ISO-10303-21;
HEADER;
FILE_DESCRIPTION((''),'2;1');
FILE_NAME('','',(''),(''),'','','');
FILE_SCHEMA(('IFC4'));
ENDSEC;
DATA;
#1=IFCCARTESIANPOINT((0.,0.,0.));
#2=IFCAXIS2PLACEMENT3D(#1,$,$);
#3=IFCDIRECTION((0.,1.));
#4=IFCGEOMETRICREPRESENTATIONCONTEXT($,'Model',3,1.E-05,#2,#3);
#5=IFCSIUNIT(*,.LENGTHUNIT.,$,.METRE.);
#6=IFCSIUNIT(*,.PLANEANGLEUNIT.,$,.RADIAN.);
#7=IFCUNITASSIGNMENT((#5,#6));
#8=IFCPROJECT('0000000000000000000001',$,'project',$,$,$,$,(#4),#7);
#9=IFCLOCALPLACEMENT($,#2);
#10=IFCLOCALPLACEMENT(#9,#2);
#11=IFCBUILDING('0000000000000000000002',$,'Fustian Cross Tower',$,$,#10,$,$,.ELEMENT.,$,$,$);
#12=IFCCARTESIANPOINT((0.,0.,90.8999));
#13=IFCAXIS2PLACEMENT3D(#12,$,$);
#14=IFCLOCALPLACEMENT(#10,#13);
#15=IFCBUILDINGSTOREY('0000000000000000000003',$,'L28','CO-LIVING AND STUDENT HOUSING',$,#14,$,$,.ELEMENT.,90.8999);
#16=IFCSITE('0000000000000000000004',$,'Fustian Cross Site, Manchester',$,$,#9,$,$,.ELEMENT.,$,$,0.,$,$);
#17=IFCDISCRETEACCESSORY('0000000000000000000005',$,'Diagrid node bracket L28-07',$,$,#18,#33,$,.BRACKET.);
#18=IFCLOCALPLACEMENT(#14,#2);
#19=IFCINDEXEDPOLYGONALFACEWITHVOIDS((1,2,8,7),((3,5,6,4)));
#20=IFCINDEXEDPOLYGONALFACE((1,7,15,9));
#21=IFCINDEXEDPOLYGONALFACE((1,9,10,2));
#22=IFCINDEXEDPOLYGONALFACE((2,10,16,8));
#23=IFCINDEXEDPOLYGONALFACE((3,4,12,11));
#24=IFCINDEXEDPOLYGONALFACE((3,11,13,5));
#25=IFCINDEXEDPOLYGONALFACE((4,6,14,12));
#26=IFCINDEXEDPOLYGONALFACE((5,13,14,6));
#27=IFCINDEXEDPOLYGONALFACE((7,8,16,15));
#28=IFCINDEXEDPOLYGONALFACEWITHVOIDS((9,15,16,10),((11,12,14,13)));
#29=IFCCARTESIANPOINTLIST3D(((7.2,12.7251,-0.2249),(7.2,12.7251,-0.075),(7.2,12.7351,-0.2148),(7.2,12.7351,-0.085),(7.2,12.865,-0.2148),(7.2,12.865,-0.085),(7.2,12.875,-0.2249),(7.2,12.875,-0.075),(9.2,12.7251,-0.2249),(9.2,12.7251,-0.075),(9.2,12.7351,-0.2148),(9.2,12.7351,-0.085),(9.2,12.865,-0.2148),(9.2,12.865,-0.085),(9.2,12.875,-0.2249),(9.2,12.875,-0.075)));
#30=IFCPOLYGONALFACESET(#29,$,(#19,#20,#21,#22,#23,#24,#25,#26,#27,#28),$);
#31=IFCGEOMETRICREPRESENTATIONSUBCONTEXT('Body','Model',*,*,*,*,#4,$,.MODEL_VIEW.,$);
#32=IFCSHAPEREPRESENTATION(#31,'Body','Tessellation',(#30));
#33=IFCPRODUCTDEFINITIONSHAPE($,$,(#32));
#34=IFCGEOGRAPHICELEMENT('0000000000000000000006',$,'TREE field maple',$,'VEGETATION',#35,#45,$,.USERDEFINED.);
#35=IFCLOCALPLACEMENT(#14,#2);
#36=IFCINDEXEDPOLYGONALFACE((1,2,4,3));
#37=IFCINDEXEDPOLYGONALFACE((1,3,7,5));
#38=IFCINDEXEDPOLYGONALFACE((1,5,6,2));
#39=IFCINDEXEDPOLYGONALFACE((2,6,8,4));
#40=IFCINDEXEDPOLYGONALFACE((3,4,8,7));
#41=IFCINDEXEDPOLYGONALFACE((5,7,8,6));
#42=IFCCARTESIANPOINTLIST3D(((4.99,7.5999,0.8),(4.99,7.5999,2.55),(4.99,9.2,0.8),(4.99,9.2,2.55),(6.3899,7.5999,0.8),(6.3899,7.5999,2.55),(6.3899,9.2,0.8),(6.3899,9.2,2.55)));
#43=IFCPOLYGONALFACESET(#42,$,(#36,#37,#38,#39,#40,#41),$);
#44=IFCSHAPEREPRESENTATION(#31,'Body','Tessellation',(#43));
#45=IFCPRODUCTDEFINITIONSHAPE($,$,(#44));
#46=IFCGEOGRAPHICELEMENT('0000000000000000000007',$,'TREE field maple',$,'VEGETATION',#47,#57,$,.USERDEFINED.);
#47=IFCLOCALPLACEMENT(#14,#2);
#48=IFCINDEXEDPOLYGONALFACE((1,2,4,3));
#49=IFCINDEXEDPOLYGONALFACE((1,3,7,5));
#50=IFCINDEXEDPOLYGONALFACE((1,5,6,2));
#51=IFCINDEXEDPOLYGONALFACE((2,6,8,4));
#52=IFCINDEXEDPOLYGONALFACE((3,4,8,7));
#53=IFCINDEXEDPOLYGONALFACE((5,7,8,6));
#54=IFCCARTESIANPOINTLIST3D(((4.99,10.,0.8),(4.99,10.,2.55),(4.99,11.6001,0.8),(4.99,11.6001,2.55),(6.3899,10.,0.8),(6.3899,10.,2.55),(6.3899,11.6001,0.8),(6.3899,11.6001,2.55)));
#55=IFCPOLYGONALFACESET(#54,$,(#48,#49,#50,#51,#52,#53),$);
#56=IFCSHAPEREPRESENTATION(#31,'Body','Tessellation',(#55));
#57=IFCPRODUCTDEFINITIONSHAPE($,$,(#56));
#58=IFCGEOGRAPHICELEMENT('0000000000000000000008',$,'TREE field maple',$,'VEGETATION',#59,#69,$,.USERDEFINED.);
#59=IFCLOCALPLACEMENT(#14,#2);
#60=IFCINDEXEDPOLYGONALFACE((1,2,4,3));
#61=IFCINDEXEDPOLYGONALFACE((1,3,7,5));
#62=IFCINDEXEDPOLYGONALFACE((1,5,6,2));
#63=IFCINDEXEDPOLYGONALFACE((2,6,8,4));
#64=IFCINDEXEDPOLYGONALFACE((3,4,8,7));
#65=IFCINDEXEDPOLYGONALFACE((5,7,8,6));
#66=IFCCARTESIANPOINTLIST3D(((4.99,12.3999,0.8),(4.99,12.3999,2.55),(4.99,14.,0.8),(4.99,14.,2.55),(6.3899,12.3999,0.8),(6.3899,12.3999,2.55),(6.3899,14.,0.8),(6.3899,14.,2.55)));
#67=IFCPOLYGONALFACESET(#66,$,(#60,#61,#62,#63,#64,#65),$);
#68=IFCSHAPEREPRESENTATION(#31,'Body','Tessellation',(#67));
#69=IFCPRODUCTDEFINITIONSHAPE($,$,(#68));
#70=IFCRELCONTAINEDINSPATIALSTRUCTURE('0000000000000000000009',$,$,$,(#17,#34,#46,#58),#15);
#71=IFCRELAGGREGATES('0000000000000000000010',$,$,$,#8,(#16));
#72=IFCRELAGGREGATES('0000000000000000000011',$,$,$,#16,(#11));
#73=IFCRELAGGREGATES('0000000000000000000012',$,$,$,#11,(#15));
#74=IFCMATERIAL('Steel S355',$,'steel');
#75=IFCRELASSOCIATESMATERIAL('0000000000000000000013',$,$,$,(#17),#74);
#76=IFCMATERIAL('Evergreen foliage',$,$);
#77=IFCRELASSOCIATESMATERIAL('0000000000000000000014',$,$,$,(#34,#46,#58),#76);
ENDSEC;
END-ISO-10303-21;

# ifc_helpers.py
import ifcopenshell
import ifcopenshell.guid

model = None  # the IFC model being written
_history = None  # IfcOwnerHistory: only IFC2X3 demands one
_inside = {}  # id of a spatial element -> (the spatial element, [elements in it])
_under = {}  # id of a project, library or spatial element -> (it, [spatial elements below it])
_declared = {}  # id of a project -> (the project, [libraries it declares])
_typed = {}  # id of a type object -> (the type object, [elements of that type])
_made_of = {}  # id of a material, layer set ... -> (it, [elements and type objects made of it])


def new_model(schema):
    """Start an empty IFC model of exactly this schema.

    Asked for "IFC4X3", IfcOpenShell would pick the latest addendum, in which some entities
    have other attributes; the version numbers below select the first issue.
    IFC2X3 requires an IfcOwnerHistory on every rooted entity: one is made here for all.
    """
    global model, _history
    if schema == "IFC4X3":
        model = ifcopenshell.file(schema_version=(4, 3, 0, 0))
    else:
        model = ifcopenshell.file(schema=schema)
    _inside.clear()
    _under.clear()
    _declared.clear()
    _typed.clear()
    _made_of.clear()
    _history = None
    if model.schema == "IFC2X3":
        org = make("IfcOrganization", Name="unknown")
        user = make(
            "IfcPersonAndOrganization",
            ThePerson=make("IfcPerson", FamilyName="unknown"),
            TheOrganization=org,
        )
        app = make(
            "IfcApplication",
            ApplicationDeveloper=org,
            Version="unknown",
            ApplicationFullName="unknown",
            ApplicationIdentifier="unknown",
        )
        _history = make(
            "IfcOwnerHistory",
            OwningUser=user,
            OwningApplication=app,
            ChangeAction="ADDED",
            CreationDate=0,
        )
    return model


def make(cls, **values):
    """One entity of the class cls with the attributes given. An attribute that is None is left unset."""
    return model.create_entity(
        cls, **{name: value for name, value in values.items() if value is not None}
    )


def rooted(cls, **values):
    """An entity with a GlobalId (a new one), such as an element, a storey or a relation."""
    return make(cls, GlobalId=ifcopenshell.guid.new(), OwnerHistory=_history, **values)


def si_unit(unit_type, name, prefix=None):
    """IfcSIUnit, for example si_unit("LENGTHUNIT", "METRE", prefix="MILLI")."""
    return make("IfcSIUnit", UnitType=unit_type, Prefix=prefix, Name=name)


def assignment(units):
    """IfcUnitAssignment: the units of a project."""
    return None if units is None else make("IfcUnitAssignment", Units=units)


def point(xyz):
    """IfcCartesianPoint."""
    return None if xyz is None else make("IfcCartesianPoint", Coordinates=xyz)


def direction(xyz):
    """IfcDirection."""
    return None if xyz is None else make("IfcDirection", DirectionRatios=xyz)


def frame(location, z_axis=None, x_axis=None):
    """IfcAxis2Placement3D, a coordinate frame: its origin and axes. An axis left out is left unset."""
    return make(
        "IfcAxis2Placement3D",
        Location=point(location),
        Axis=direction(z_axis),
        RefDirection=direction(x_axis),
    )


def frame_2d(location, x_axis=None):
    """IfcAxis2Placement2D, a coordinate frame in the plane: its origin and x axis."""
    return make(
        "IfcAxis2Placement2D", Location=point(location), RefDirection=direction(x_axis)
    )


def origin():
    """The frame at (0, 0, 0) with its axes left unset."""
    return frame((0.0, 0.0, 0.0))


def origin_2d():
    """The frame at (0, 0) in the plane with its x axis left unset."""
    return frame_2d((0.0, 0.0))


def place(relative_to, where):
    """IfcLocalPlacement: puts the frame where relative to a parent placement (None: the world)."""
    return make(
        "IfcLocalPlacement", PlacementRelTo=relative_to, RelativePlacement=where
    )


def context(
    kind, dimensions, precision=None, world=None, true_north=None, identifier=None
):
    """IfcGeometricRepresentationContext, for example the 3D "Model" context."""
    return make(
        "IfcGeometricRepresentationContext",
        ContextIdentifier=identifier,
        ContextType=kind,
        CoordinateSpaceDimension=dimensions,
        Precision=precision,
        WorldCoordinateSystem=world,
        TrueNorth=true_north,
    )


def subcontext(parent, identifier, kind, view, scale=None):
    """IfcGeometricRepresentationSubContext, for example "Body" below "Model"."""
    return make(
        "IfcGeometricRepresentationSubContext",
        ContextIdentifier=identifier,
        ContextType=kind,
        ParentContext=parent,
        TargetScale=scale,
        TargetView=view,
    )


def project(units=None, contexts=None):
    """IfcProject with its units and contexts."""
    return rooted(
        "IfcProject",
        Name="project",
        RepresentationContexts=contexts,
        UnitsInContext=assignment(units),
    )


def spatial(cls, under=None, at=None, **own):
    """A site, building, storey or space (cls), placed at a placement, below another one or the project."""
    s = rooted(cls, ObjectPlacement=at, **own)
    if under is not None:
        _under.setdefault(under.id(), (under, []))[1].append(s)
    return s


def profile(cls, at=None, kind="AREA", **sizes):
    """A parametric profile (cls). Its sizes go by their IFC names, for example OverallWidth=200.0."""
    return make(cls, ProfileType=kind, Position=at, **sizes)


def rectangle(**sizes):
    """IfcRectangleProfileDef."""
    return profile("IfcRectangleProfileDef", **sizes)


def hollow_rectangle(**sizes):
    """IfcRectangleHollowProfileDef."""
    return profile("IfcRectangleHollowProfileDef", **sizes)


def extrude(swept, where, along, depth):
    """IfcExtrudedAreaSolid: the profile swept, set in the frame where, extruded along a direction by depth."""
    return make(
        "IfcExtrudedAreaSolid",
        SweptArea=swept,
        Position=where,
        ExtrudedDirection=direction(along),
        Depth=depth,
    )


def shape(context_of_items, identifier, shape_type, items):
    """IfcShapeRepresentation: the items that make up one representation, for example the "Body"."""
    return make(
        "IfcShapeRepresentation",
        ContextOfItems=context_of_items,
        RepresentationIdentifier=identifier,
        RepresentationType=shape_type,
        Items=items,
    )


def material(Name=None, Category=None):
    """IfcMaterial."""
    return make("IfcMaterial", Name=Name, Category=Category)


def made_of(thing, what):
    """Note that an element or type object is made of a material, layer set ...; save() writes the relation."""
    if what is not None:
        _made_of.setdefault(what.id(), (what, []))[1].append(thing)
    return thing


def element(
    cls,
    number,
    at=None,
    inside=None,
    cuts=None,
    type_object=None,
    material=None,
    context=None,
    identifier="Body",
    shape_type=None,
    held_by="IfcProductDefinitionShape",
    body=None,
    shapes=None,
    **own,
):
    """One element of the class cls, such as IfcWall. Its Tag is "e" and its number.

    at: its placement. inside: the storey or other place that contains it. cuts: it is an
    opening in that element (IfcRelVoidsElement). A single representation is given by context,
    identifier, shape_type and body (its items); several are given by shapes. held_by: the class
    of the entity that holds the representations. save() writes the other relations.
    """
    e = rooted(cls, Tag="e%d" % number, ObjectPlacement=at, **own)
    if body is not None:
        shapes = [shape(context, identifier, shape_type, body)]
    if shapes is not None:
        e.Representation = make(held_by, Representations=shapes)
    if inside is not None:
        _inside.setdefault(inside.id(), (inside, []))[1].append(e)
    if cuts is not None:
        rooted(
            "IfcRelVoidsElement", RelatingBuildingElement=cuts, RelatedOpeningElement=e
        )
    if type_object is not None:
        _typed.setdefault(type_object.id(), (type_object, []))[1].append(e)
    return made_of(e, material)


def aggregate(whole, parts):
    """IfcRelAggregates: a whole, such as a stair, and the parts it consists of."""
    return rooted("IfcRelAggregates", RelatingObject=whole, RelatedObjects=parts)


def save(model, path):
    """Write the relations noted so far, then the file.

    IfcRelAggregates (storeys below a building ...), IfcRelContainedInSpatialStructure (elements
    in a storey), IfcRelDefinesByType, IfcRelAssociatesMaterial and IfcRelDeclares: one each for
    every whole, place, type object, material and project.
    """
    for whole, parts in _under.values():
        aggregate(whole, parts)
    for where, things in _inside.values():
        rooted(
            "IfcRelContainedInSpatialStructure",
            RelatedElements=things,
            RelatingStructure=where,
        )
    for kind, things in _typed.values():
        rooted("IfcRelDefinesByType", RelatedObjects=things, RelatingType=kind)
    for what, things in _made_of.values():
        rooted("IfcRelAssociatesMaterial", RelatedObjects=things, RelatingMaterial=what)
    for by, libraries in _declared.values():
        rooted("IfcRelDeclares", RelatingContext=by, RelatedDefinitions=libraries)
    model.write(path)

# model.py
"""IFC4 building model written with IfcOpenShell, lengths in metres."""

from ifc_helpers import new_model, si_unit, direction, frame, origin, origin_2d, place, context, subcontext, project, spatial, rectangle, hollow_rectangle, extrude, material, element, save


model = new_model("IFC4")

# Units and contexts
model_context = context("Model", 3, precision=1e-05, world=origin(), true_north=direction((0.0, 1.0)))
body_context = subcontext(model_context, "Body", "Model", "MODEL_VIEW")
ifc_project = project(units=[si_unit("LENGTHUNIT", "METRE"), si_unit("PLANEANGLEUNIT", "RADIAN")], contexts=[model_context])

# Site, building, storey
site_placement = place(None, origin())
site = spatial("IfcSite", under=ifc_project, at=site_placement, Name="Fustian Cross Site, Manchester", CompositionType="ELEMENT", RefElevation=0.0)
building_placement = place(site_placement, origin())
building = spatial("IfcBuilding", under=site, at=building_placement, Name="Fustian Cross Tower", CompositionType="ELEMENT")
storey_placement = place(building_placement, frame((0.0, 0.0, 90.8999)))
storey = spatial("IfcBuildingStorey", under=building, at=storey_placement, Name="L28", Description="CO-LIVING AND STUDENT HOUSING", CompositionType="ELEMENT", Elevation=90.8999)

# Discrete accessory
ifc_material_1 = material(Name="Steel S355", Category="steel")
discrete_accessory_placement = place(storey_placement, frame((9.2, 12.8, -0.1499), z_axis=(-1.0, 0.0, 0.0), x_axis=(0.0, -1.0, 0.0)))
element("IfcDiscreteAccessory", 1, at=discrete_accessory_placement, inside=storey, material=ifc_material_1, Name="Diagrid node bracket L28-07", PredefinedType="BRACKET", context=body_context, shape_type="SweptSolid", body=[
    extrude(hollow_rectangle(XDim=0.1499, YDim=0.1499, WallThickness=0.01, at=origin_2d()), origin(), (0.0, 0.0, 1.0), 2.0),
])

# Geographic elements
ifc_material_2 = material(Name="Evergreen foliage")
for number, where, z_axis, x_axis, name in (
    (2, (5.6899, 8.3999, 0.8), (0.0, 0.0, 1.0), (1.0, 0.0, 0.0), "TREE field maple"),
    (3, (5.6899, 10.8, 0.8), (0.0, 0.0, 1.0), (1.0, 0.0, 0.0), "TREE field maple"),
    (4, (5.6899, 13.2, 0.8), (0.0, 0.0, 1.0), (1.0, 0.0, 0.0), "TREE field maple"),
):
    element("IfcGeographicElement", number, at=place(storey_placement, frame(where, z_axis=z_axis, x_axis=x_axis)), inside=storey, material=ifc_material_2, Name=name, ObjectType="VEGETATION", PredefinedType="USERDEFINED", context=body_context, shape_type="SweptSolid", body=[
        extrude(rectangle(XDim=1.3999, YDim=1.6001, at=origin_2d()), origin(), (0.0, 0.0, 1.0), 1.75),
    ])

save(model, "model.ifc")
